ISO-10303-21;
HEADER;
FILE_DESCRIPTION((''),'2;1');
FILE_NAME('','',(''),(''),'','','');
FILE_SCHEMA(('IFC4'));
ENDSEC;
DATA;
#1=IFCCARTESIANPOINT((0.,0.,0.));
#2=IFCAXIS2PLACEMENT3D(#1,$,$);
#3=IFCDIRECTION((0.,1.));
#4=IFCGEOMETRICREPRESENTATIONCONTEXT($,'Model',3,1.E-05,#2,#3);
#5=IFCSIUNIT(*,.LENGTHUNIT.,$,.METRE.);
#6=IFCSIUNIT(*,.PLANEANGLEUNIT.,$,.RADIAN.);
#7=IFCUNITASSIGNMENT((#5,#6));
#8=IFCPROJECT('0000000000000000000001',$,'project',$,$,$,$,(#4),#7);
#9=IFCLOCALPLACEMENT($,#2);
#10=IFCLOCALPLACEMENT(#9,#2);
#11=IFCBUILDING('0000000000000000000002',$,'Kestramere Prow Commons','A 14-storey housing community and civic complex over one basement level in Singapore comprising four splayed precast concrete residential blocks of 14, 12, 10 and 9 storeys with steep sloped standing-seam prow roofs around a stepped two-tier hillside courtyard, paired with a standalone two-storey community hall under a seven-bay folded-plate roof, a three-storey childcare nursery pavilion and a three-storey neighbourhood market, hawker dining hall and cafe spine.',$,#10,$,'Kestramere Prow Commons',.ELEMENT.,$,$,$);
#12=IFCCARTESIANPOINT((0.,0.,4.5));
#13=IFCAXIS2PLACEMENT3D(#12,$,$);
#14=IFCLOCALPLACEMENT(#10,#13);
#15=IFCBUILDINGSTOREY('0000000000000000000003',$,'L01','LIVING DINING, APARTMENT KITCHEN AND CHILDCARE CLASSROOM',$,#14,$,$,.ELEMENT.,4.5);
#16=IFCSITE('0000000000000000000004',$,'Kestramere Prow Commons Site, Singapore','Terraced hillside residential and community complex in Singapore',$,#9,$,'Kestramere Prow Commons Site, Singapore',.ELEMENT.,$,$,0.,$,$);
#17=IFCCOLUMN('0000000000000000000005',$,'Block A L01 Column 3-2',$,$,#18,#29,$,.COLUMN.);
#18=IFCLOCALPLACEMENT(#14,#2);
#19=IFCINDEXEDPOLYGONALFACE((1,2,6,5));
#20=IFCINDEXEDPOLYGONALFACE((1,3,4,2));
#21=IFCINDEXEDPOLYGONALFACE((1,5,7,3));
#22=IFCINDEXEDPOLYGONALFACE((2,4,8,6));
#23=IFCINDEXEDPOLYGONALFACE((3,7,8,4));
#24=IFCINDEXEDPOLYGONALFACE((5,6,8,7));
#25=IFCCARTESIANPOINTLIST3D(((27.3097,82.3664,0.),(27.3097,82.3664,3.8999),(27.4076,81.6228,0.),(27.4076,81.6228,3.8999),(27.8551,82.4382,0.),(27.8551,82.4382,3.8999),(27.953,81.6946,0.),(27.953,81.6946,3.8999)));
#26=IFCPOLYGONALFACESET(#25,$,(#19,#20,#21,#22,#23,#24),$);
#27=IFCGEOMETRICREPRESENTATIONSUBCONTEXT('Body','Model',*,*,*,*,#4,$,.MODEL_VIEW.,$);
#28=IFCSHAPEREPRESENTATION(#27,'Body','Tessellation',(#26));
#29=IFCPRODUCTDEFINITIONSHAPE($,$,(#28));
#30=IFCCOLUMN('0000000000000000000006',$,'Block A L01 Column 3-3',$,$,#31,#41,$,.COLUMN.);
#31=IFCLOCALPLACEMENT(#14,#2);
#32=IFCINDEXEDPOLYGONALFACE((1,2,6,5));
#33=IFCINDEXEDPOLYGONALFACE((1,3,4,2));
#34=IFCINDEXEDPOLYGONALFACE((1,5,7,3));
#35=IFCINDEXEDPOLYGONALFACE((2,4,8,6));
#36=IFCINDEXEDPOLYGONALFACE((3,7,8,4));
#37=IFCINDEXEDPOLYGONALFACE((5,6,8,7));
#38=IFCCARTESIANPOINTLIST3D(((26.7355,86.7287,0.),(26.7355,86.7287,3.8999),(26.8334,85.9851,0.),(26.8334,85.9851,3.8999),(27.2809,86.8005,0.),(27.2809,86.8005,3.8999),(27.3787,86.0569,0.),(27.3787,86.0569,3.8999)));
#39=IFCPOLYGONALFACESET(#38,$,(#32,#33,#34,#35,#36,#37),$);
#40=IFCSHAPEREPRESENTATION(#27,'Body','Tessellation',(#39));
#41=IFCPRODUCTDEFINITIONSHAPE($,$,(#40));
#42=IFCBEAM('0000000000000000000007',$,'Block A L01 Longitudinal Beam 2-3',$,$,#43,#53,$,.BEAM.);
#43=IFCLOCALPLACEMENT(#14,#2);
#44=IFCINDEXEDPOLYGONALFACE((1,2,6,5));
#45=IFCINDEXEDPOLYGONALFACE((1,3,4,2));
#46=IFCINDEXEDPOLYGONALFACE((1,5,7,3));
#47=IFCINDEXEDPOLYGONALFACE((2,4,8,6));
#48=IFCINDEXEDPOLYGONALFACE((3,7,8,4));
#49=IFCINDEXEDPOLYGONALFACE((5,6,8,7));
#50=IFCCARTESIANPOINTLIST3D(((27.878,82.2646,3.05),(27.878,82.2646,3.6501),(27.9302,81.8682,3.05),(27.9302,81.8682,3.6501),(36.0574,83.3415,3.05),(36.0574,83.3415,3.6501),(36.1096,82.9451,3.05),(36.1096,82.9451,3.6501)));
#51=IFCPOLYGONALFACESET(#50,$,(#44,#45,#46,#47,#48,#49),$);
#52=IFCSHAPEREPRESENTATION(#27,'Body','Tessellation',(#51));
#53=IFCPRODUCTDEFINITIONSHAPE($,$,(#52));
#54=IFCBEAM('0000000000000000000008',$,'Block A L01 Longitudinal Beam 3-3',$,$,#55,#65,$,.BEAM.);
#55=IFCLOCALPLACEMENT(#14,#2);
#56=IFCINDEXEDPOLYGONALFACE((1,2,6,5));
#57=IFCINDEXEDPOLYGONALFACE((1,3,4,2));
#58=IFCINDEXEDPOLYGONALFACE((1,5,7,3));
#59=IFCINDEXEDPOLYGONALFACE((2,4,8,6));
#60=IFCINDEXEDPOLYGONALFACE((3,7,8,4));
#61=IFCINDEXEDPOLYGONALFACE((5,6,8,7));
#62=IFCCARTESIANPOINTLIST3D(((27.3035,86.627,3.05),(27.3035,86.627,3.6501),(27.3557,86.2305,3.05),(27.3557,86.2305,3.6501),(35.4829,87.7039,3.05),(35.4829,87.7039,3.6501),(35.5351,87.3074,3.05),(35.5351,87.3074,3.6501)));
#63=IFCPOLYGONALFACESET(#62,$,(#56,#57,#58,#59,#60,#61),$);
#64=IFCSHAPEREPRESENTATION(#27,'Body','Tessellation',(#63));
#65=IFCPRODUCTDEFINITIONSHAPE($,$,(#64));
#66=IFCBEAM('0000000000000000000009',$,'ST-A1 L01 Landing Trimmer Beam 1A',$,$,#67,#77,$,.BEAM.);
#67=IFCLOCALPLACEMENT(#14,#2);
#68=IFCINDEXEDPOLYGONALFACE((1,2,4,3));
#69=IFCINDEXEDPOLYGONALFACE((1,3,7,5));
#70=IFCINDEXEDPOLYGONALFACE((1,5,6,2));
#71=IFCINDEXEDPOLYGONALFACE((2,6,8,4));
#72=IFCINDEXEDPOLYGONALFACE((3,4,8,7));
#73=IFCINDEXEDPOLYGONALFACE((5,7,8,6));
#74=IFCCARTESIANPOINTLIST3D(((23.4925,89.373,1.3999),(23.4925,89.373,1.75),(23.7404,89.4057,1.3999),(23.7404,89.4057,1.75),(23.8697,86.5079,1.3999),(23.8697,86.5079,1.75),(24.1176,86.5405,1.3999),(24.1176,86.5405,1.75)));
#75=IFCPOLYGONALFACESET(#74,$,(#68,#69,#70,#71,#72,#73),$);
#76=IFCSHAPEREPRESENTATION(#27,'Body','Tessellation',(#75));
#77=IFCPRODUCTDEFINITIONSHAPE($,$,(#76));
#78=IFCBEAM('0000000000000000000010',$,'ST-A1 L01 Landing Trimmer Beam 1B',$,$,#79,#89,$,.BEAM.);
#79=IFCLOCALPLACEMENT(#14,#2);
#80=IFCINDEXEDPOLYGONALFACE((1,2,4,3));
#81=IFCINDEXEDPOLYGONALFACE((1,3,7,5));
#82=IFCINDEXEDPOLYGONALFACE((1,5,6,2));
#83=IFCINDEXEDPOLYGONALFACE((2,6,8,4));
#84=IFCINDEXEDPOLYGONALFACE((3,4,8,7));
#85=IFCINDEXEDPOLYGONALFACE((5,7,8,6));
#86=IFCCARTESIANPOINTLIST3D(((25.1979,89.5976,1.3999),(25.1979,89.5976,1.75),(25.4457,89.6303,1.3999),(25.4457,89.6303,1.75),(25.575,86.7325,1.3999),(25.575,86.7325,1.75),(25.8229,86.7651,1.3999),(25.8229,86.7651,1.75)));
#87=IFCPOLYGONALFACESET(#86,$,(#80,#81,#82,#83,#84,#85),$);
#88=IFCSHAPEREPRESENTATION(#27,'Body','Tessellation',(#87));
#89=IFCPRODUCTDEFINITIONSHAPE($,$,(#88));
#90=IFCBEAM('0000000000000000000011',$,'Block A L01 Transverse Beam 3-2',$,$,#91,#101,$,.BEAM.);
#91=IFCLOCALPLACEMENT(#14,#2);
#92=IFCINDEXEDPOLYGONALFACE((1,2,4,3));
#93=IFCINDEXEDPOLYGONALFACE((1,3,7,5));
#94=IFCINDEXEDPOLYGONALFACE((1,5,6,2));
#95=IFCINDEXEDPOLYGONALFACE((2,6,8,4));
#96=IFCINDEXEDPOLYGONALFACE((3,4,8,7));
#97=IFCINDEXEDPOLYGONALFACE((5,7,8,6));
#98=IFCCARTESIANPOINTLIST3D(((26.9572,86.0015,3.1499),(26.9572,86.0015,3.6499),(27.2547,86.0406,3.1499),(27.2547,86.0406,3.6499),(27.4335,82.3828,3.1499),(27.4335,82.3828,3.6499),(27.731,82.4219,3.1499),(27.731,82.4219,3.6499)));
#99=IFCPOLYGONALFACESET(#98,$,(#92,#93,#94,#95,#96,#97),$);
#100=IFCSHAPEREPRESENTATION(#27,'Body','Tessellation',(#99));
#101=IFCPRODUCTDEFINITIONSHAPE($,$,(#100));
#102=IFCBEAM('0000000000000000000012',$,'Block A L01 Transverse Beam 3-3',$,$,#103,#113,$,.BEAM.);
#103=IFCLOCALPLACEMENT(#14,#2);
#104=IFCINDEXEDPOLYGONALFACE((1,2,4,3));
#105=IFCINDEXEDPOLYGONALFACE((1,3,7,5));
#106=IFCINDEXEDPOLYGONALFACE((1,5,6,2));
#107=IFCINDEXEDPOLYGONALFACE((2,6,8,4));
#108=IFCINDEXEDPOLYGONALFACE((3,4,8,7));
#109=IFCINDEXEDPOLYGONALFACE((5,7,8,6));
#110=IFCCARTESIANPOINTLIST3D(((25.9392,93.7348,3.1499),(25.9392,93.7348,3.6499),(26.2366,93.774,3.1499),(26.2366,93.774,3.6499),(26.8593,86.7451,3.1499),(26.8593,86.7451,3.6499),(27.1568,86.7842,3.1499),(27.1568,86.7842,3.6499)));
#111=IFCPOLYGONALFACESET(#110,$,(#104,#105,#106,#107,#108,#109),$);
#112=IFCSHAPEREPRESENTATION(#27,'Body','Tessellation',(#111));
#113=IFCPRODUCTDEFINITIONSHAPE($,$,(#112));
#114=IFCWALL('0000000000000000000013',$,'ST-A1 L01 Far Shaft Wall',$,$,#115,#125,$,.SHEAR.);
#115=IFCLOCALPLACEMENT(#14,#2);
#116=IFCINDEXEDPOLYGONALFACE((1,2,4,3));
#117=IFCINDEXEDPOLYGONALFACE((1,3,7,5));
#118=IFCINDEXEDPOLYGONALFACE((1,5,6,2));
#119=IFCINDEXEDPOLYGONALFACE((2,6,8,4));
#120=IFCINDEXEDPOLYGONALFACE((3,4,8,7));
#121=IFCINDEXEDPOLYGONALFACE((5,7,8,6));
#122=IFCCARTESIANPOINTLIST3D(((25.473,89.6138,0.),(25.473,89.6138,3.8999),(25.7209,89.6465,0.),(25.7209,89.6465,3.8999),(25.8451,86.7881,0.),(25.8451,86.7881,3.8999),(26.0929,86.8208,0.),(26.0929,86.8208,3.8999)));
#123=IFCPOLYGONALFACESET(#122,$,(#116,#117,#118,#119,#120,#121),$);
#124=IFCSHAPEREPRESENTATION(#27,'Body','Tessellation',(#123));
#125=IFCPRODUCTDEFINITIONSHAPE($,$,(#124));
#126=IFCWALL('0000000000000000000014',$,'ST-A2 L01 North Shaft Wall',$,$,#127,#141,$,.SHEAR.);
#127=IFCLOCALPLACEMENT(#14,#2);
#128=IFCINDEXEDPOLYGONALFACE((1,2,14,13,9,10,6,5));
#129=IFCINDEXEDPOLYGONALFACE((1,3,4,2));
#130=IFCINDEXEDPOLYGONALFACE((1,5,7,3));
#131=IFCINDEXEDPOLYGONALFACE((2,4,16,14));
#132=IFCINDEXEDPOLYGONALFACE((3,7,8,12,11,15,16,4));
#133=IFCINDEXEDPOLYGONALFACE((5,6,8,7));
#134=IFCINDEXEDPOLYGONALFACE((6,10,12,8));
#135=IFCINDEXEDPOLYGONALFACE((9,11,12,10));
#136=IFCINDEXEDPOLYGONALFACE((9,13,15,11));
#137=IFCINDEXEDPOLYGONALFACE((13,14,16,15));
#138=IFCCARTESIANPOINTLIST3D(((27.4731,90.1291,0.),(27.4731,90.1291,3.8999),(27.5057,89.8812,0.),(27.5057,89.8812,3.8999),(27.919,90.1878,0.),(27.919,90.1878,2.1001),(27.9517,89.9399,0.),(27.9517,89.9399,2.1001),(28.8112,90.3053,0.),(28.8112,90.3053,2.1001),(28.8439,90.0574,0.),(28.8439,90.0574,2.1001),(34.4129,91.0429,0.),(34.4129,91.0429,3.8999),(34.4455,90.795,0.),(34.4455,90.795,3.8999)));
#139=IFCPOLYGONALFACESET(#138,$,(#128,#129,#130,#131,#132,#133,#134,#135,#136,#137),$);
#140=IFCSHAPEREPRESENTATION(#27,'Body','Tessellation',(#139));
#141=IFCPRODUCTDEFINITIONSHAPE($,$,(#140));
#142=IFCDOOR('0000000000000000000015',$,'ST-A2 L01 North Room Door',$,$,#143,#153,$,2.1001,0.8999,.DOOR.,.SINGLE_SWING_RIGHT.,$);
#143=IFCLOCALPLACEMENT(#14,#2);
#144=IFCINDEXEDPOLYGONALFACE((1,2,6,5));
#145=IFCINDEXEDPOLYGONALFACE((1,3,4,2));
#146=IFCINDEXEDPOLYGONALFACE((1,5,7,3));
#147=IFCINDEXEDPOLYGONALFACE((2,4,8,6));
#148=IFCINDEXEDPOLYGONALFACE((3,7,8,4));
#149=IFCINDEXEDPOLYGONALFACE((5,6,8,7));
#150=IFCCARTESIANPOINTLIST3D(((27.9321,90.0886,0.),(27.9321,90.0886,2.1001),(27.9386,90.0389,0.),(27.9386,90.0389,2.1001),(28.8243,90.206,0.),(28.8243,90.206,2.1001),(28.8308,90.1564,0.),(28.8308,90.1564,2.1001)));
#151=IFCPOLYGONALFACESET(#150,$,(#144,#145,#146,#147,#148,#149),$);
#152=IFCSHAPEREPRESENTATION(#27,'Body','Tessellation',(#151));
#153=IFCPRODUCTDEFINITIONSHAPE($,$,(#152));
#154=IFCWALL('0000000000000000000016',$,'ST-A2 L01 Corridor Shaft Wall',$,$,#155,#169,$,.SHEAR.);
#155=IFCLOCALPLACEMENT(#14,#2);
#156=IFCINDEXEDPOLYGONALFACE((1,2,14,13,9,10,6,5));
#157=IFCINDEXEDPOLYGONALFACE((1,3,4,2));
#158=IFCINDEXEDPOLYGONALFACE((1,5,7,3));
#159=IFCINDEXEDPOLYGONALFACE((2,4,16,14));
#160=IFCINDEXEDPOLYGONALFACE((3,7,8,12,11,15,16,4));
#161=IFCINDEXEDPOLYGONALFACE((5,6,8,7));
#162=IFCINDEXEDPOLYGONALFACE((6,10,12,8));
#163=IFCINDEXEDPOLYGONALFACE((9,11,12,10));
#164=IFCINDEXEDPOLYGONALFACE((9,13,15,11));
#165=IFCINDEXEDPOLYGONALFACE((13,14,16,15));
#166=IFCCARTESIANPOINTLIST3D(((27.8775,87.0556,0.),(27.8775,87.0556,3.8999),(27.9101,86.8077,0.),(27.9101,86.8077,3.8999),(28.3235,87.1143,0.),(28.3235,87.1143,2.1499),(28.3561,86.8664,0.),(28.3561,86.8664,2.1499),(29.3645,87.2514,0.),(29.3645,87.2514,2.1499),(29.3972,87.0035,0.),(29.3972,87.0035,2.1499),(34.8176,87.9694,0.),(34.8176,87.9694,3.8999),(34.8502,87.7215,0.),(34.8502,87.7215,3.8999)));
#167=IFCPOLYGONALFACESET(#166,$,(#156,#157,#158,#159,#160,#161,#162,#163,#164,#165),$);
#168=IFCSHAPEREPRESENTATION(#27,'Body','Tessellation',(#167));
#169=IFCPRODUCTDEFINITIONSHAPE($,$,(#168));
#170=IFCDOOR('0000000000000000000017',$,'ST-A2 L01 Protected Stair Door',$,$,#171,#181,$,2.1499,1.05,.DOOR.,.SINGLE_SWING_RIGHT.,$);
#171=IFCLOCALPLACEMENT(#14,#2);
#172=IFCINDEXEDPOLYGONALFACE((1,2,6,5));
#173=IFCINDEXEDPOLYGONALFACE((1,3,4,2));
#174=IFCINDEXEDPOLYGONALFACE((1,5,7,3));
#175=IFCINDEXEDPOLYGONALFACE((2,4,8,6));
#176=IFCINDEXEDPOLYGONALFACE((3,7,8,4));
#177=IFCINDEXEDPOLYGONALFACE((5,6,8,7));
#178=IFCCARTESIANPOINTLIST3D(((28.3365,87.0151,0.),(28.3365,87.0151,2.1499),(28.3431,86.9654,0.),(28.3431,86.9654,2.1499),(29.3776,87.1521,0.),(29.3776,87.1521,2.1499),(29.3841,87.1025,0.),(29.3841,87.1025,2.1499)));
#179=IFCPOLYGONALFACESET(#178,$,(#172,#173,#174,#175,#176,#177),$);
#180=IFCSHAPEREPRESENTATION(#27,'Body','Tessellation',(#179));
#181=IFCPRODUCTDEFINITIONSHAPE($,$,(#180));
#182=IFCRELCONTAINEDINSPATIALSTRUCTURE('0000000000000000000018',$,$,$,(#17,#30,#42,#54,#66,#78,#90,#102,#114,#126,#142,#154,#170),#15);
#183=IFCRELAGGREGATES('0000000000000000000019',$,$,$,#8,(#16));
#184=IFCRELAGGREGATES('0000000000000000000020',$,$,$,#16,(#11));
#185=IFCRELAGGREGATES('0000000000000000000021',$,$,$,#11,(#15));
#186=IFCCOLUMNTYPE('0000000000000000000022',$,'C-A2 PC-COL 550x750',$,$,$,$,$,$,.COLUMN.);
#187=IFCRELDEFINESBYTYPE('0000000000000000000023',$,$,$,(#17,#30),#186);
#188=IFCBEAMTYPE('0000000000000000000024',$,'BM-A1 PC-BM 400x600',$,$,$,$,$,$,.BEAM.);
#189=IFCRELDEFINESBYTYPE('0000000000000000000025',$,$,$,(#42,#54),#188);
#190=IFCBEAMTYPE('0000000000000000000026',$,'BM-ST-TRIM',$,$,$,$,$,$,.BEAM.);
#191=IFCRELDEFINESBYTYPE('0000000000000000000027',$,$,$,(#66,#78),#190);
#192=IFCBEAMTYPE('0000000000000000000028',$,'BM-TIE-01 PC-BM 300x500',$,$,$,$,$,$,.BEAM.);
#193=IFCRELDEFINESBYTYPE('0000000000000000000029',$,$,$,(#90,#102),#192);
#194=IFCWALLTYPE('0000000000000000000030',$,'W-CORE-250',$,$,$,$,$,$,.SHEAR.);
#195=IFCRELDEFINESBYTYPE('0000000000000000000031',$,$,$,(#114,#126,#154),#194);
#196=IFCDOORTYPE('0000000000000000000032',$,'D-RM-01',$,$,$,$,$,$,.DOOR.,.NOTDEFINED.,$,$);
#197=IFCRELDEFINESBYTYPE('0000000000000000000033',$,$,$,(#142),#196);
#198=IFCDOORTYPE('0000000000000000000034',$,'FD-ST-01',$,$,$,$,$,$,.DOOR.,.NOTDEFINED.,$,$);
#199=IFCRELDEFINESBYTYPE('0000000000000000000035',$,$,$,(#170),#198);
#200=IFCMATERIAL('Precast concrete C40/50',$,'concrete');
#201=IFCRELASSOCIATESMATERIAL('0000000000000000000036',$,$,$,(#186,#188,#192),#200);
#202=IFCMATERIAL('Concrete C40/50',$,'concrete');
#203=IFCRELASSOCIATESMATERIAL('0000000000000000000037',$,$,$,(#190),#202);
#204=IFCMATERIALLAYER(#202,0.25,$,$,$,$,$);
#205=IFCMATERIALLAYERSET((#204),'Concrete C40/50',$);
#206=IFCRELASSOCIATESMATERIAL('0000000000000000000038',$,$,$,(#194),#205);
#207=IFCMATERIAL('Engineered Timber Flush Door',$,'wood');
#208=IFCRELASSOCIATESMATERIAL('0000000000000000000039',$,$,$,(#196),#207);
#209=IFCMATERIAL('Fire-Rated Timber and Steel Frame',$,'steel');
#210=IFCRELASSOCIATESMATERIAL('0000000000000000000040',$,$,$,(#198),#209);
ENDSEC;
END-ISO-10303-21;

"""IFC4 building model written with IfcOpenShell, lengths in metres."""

from ifc_helpers import new_model, si_unit, direction, frame, frame_2d, origin, origin_2d, place, context, subcontext, project, spatial, rectangle, extrude, material, layer, layer_set, material_profile, profile_set, type_object, element, fill, save


model = new_model("IFC4")

# Units and contexts
model_context = context("Model", 3, precision=1e-05, world=origin(), true_north=direction((0.0, 1.0)))
body_context = subcontext(model_context, "Body", "Model", "MODEL_VIEW")
ifc_project = project(units=[si_unit("LENGTHUNIT", "METRE"), si_unit("PLANEANGLEUNIT", "RADIAN")], contexts=[model_context])

# Site, building, storey
site_placement = place(None, origin())
site = spatial("IfcSite", under=ifc_project, at=site_placement, Name="Kestramere Prow Commons Site, Singapore", Description="Terraced hillside residential and community complex in Singapore", LongName="Kestramere Prow Commons Site, Singapore", CompositionType="ELEMENT", RefElevation=0.0)
building_placement = place(site_placement, origin())
building = spatial("IfcBuilding", under=site, at=building_placement, Name="Kestramere Prow Commons", Description="A 14-storey housing community and civic complex over one basement level in Singapore comprising four splayed precast concrete residential blocks of 14, 12, 10 and 9 storeys with steep sloped standing-seam prow roofs around a stepped two-tier hillside courtyard, paired with a standalone two-storey community hall under a seven-bay folded-plate roof, a three-storey childcare nursery pavilion and a three-storey neighbourhood market, hawker dining hall and cafe spine.", LongName="Kestramere Prow Commons", CompositionType="ELEMENT")
storey_placement = place(building_placement, frame((0.0, 0.0, 4.5)))
storey = spatial("IfcBuildingStorey", under=building, at=storey_placement, Name="L01", Description="LIVING DINING, APARTMENT KITCHEN AND CHILDCARE CLASSROOM", CompositionType="ELEMENT", Elevation=4.5)

# Columns
ifc_material_1 = material(Name="Precast concrete C40/50", Category="concrete")
ifc_material_profile_1 = material_profile(ifc_material_1, rectangle(XDim=0.55, YDim=0.75, at=origin_2d()), Name="PC-COL 550x750")
ifc_profile_set_1 = profile_set([ifc_material_profile_1], Name="Precast concrete C40/50")
column_type = type_object("IfcColumnType", Name="C-A2 PC-COL 550x750", PredefinedType="COLUMN", material=ifc_profile_set_1)
for number, where, z_axis, x_axis, name in (
    (1, (27.6313, 82.0305, 0.0), (0.0, 0.0, 1.0), (0.991445, 0.130526, 0.0), "Block A L01 Column 3-2"),
    (2, (27.0571, 86.3928, 0.0), (0.0, 0.0, 1.0), (0.991445, 0.130526, 0.0), "Block A L01 Column 3-3"),
):
    element("IfcColumn", number, at=place(storey_placement, frame(where, z_axis=z_axis, x_axis=x_axis)), inside=storey, type_object=column_type, Name=name, PredefinedType="COLUMN", context=body_context, shape_type="SweptSolid", body=[
        extrude(rectangle(XDim=0.55, YDim=0.75, at=origin_2d()), origin(), (0.0, 0.0, 1.0), 3.8999),
    ])

# Beams
ifc_material_profile_2 = material_profile(ifc_material_1, rectangle(XDim=0.3999, YDim=0.6001, at=origin_2d()), Name="PC-BM 400x600")
ifc_profile_set_2 = profile_set([ifc_material_profile_2], Name="Precast concrete C40/50")
beam_type_1 = type_object("IfcBeamType", Name="BM-A1 PC-BM 400x600", PredefinedType="BEAM", material=ifc_profile_set_2)
for number, where, z_axis, x_axis, name in (
    (3, (27.9041, 82.0664, 3.3501), (0.991444, 0.130533, 0.0), (-0.130533, 0.991444, 0.0), "Block A L01 Longitudinal Beam 2-3"),
    (4, (27.3296, 86.4287, 3.3501), (0.991444, 0.130533, 0.0), (-0.130533, 0.991444, 0.0), "Block A L01 Longitudinal Beam 3-3"),
):
    element("IfcBeam", number, at=place(storey_placement, frame(where, z_axis=z_axis, x_axis=x_axis)), inside=storey, type_object=beam_type_1, Name=name, PredefinedType="BEAM", context=body_context, shape_type="SweptSolid", body=[
        extrude(rectangle(XDim=0.3999, YDim=0.6001, at=origin_2d()), origin(), (0.0, 0.0, 1.0), 8.25),
    ])
ifc_material_2 = material(Name="Concrete C40/50", Category="concrete")
ifc_material_profile_3 = material_profile(ifc_material_2, rectangle(XDim=0.25, YDim=0.3501, at=origin_2d()), Name="PC-BM 250x350")
ifc_profile_set_3 = profile_set([ifc_material_profile_3], Name="Concrete C40/50")
beam_type_2 = type_object("IfcBeamType", Name="BM-ST-TRIM", PredefinedType="BEAM", material=ifc_profile_set_3)
for number, where, z_axis, x_axis, name in (
    (5, (23.9937, 86.5242, 1.575), (-0.13052, 0.991446, 0.0), (-0.991446, -0.13052, 0.0), "ST-A1 L01 Landing Trimmer Beam 1A"),
    (6, (25.699, 86.7488, 1.575), (-0.13052, 0.991446, 0.0), (-0.991446, -0.13052, 0.0), "ST-A1 L01 Landing Trimmer Beam 1B"),
):
    element("IfcBeam", number, at=place(storey_placement, frame(where, z_axis=z_axis, x_axis=x_axis)), inside=storey, type_object=beam_type_2, Name=name, PredefinedType="BEAM", context=body_context, shape_type="SweptSolid", body=[
        extrude(rectangle(XDim=0.25, YDim=0.3501, at=origin_2d()), origin(), (0.0, 0.0, 1.0), 2.8899),
    ])
ifc_material_profile_4 = material_profile(ifc_material_1, rectangle(XDim=0.3, YDim=0.5, at=origin_2d()), Name="PC-BM 300x500")
ifc_profile_set_4 = profile_set([ifc_material_profile_4], Name="Precast concrete C40/50")
beam_type_3 = type_object("IfcBeamType", Name="BM-TIE-01 PC-BM 300x500", PredefinedType="BEAM", material=ifc_profile_set_4)
beam_1_placement = place(storey_placement, frame((27.5823, 82.4023, 3.3999), z_axis=(-0.130503, 0.991448, 0.0), x_axis=(-0.991448, -0.130503, 0.0)))
element("IfcBeam", 7, at=beam_1_placement, inside=storey, type_object=beam_type_3, Name="Block A L01 Transverse Beam 3-2", PredefinedType="BEAM", context=body_context, shape_type="SweptSolid", body=[
    extrude(rectangle(XDim=0.3, YDim=0.5, at=origin_2d()), origin(), (0.0, 0.0, 1.0), 3.6499),
])
beam_2_placement = place(storey_placement, frame((27.0081, 86.7646, 3.3999), z_axis=(-0.130519, 0.991446, 0.0), x_axis=(-0.991446, -0.130519, 0.0)))
element("IfcBeam", 8, at=beam_2_placement, inside=storey, type_object=beam_type_3, Name="Block A L01 Transverse Beam 3-3", PredefinedType="BEAM", context=body_context, shape_type="SweptSolid", body=[
    extrude(rectangle(XDim=0.3, YDim=0.5, at=origin_2d()), origin(), (0.0, 0.0, 1.0), 7.05),
])

# Wall
ifc_layer_1 = layer(ifc_material_2, 0.25)
ifc_layer_set_1 = layer_set([ifc_layer_1], Name="Concrete C40/50")
wall_type_1 = type_object("IfcWallType", Name="W-CORE-250", PredefinedType="SHEAR", material=ifc_layer_set_1)
wall_1_placement = place(storey_placement, frame((25.969, 86.8044, 0.0), z_axis=(0.0, 0.0, 1.0), x_axis=(-0.130548, 0.991442, 0.0)))
element("IfcWall", 9, at=wall_1_placement, inside=storey, type_object=wall_type_1, Name="ST-A1 L01 Far Shaft Wall", PredefinedType="SHEAR", context=body_context, shape_type="SweptSolid", body=[
    extrude(rectangle(XDim=2.8501, YDim=0.25, at=frame_2d((1.425, 0.0))), origin(), (0.0, 0.0, 1.0), 3.8999),
])

# Walls, openings, doors
wall_2_placement = place(storey_placement, frame((27.4893, 90.0051, 0.0), z_axis=(0.0, 0.0, 1.0), x_axis=(0.991442, 0.130548, 0.0)))
wall_2 = element("IfcWall", 10, at=wall_2_placement, inside=storey, type_object=wall_type_1, Name="ST-A2 L01 North Shaft Wall", PredefinedType="SHEAR", context=body_context, shape_type="SweptSolid", body=[
    extrude(rectangle(XDim=6.9998, YDim=0.25, at=frame_2d((3.5, 0.0))), origin(), (0.0, 0.0, 1.0), 3.8999),
])
opening_1_placement = place(wall_2_placement, frame((0.45, 0.0, 0.0)))
opening_1 = element("IfcOpeningElement", 11, at=opening_1_placement, cuts=wall_2, PredefinedType="OPENING", context=body_context, shape_type="SweptSolid", body=[
    extrude(rectangle(XDim=0.8999, YDim=2.1001, at=frame_2d((0.45, 1.05))), frame((0.0, 0.1399, 0.0), z_axis=(0.0, -1.0, 0.0), x_axis=(1.0, 0.0, 0.0)), (0.0, 0.0, 1.0), 0.28),
])
ifc_material_3 = material(Name="Engineered Timber Flush Door", Category="wood")
door_type_1 = type_object("IfcDoorType", Name="D-RM-01", OperationType="NOTDEFINED", PredefinedType="DOOR", material=ifc_material_3)
door_1_placement = place(opening_1_placement, origin())
door_1 = element("IfcDoor", 12, at=door_1_placement, inside=storey, type_object=door_type_1, Name="ST-A2 L01 North Room Door", OperationType="SINGLE_SWING_RIGHT", OverallHeight=2.1001, OverallWidth=0.8999, PredefinedType="DOOR", context=body_context, shape_type="SweptSolid", body=[
    extrude(rectangle(XDim=0.8999, YDim=2.1001, at=frame_2d((0.45, 1.05))), frame((0.0, 0.0249, 0.0), z_axis=(0.0, -1.0, 0.0), x_axis=(1.0, 0.0, 0.0)), (0.0, 0.0, 1.0), 0.05),
])
fill(opening_1, door_1)
wall_3_placement = place(storey_placement, frame((27.8938, 86.9316, 0.0), z_axis=(0.0, 0.0, 1.0), x_axis=(0.991443, 0.130544, 0.0)))
wall_3 = element("IfcWall", 13, at=wall_3_placement, inside=storey, type_object=wall_type_1, Name="ST-A2 L01 Corridor Shaft Wall", PredefinedType="SHEAR", context=body_context, shape_type="SweptSolid", body=[
    extrude(rectangle(XDim=7.0, YDim=0.25, at=frame_2d((3.5, 0.0))), origin(), (0.0, 0.0, 1.0), 3.8999),
])
opening_2_placement = place(wall_3_placement, frame((0.45, 0.0, 0.0)))
opening_2 = element("IfcOpeningElement", 14, at=opening_2_placement, cuts=wall_3, PredefinedType="OPENING", context=body_context, shape_type="SweptSolid", body=[
    extrude(rectangle(XDim=1.05, YDim=2.1499, at=frame_2d((0.5249, 1.075))), frame((0.0, 0.1399, 0.0), z_axis=(0.0, -1.0, 0.0), x_axis=(1.0, 0.0, 0.0)), (0.0, 0.0, 1.0), 0.28),
])
ifc_material_4 = material(Name="Fire-Rated Timber and Steel Frame", Category="steel")
door_type_2 = type_object("IfcDoorType", Name="FD-ST-01", OperationType="NOTDEFINED", PredefinedType="DOOR", material=ifc_material_4)
door_2_placement = place(opening_2_placement, origin())
door_2 = element("IfcDoor", 15, at=door_2_placement, inside=storey, type_object=door_type_2, Name="ST-A2 L01 Protected Stair Door", OperationType="SINGLE_SWING_RIGHT", OverallHeight=2.1499, OverallWidth=1.05, PredefinedType="DOOR", context=body_context, shape_type="SweptSolid", body=[
    extrude(rectangle(XDim=1.05, YDim=2.1499, at=frame_2d((0.5249, 1.075))), frame((0.0, 0.0249, 0.0), z_axis=(0.0, -1.0, 0.0), x_axis=(1.0, 0.0, 0.0)), (0.0, 0.0, 1.0), 0.05),
])
fill(opening_2, door_2)

save(model, "model.ifc")
